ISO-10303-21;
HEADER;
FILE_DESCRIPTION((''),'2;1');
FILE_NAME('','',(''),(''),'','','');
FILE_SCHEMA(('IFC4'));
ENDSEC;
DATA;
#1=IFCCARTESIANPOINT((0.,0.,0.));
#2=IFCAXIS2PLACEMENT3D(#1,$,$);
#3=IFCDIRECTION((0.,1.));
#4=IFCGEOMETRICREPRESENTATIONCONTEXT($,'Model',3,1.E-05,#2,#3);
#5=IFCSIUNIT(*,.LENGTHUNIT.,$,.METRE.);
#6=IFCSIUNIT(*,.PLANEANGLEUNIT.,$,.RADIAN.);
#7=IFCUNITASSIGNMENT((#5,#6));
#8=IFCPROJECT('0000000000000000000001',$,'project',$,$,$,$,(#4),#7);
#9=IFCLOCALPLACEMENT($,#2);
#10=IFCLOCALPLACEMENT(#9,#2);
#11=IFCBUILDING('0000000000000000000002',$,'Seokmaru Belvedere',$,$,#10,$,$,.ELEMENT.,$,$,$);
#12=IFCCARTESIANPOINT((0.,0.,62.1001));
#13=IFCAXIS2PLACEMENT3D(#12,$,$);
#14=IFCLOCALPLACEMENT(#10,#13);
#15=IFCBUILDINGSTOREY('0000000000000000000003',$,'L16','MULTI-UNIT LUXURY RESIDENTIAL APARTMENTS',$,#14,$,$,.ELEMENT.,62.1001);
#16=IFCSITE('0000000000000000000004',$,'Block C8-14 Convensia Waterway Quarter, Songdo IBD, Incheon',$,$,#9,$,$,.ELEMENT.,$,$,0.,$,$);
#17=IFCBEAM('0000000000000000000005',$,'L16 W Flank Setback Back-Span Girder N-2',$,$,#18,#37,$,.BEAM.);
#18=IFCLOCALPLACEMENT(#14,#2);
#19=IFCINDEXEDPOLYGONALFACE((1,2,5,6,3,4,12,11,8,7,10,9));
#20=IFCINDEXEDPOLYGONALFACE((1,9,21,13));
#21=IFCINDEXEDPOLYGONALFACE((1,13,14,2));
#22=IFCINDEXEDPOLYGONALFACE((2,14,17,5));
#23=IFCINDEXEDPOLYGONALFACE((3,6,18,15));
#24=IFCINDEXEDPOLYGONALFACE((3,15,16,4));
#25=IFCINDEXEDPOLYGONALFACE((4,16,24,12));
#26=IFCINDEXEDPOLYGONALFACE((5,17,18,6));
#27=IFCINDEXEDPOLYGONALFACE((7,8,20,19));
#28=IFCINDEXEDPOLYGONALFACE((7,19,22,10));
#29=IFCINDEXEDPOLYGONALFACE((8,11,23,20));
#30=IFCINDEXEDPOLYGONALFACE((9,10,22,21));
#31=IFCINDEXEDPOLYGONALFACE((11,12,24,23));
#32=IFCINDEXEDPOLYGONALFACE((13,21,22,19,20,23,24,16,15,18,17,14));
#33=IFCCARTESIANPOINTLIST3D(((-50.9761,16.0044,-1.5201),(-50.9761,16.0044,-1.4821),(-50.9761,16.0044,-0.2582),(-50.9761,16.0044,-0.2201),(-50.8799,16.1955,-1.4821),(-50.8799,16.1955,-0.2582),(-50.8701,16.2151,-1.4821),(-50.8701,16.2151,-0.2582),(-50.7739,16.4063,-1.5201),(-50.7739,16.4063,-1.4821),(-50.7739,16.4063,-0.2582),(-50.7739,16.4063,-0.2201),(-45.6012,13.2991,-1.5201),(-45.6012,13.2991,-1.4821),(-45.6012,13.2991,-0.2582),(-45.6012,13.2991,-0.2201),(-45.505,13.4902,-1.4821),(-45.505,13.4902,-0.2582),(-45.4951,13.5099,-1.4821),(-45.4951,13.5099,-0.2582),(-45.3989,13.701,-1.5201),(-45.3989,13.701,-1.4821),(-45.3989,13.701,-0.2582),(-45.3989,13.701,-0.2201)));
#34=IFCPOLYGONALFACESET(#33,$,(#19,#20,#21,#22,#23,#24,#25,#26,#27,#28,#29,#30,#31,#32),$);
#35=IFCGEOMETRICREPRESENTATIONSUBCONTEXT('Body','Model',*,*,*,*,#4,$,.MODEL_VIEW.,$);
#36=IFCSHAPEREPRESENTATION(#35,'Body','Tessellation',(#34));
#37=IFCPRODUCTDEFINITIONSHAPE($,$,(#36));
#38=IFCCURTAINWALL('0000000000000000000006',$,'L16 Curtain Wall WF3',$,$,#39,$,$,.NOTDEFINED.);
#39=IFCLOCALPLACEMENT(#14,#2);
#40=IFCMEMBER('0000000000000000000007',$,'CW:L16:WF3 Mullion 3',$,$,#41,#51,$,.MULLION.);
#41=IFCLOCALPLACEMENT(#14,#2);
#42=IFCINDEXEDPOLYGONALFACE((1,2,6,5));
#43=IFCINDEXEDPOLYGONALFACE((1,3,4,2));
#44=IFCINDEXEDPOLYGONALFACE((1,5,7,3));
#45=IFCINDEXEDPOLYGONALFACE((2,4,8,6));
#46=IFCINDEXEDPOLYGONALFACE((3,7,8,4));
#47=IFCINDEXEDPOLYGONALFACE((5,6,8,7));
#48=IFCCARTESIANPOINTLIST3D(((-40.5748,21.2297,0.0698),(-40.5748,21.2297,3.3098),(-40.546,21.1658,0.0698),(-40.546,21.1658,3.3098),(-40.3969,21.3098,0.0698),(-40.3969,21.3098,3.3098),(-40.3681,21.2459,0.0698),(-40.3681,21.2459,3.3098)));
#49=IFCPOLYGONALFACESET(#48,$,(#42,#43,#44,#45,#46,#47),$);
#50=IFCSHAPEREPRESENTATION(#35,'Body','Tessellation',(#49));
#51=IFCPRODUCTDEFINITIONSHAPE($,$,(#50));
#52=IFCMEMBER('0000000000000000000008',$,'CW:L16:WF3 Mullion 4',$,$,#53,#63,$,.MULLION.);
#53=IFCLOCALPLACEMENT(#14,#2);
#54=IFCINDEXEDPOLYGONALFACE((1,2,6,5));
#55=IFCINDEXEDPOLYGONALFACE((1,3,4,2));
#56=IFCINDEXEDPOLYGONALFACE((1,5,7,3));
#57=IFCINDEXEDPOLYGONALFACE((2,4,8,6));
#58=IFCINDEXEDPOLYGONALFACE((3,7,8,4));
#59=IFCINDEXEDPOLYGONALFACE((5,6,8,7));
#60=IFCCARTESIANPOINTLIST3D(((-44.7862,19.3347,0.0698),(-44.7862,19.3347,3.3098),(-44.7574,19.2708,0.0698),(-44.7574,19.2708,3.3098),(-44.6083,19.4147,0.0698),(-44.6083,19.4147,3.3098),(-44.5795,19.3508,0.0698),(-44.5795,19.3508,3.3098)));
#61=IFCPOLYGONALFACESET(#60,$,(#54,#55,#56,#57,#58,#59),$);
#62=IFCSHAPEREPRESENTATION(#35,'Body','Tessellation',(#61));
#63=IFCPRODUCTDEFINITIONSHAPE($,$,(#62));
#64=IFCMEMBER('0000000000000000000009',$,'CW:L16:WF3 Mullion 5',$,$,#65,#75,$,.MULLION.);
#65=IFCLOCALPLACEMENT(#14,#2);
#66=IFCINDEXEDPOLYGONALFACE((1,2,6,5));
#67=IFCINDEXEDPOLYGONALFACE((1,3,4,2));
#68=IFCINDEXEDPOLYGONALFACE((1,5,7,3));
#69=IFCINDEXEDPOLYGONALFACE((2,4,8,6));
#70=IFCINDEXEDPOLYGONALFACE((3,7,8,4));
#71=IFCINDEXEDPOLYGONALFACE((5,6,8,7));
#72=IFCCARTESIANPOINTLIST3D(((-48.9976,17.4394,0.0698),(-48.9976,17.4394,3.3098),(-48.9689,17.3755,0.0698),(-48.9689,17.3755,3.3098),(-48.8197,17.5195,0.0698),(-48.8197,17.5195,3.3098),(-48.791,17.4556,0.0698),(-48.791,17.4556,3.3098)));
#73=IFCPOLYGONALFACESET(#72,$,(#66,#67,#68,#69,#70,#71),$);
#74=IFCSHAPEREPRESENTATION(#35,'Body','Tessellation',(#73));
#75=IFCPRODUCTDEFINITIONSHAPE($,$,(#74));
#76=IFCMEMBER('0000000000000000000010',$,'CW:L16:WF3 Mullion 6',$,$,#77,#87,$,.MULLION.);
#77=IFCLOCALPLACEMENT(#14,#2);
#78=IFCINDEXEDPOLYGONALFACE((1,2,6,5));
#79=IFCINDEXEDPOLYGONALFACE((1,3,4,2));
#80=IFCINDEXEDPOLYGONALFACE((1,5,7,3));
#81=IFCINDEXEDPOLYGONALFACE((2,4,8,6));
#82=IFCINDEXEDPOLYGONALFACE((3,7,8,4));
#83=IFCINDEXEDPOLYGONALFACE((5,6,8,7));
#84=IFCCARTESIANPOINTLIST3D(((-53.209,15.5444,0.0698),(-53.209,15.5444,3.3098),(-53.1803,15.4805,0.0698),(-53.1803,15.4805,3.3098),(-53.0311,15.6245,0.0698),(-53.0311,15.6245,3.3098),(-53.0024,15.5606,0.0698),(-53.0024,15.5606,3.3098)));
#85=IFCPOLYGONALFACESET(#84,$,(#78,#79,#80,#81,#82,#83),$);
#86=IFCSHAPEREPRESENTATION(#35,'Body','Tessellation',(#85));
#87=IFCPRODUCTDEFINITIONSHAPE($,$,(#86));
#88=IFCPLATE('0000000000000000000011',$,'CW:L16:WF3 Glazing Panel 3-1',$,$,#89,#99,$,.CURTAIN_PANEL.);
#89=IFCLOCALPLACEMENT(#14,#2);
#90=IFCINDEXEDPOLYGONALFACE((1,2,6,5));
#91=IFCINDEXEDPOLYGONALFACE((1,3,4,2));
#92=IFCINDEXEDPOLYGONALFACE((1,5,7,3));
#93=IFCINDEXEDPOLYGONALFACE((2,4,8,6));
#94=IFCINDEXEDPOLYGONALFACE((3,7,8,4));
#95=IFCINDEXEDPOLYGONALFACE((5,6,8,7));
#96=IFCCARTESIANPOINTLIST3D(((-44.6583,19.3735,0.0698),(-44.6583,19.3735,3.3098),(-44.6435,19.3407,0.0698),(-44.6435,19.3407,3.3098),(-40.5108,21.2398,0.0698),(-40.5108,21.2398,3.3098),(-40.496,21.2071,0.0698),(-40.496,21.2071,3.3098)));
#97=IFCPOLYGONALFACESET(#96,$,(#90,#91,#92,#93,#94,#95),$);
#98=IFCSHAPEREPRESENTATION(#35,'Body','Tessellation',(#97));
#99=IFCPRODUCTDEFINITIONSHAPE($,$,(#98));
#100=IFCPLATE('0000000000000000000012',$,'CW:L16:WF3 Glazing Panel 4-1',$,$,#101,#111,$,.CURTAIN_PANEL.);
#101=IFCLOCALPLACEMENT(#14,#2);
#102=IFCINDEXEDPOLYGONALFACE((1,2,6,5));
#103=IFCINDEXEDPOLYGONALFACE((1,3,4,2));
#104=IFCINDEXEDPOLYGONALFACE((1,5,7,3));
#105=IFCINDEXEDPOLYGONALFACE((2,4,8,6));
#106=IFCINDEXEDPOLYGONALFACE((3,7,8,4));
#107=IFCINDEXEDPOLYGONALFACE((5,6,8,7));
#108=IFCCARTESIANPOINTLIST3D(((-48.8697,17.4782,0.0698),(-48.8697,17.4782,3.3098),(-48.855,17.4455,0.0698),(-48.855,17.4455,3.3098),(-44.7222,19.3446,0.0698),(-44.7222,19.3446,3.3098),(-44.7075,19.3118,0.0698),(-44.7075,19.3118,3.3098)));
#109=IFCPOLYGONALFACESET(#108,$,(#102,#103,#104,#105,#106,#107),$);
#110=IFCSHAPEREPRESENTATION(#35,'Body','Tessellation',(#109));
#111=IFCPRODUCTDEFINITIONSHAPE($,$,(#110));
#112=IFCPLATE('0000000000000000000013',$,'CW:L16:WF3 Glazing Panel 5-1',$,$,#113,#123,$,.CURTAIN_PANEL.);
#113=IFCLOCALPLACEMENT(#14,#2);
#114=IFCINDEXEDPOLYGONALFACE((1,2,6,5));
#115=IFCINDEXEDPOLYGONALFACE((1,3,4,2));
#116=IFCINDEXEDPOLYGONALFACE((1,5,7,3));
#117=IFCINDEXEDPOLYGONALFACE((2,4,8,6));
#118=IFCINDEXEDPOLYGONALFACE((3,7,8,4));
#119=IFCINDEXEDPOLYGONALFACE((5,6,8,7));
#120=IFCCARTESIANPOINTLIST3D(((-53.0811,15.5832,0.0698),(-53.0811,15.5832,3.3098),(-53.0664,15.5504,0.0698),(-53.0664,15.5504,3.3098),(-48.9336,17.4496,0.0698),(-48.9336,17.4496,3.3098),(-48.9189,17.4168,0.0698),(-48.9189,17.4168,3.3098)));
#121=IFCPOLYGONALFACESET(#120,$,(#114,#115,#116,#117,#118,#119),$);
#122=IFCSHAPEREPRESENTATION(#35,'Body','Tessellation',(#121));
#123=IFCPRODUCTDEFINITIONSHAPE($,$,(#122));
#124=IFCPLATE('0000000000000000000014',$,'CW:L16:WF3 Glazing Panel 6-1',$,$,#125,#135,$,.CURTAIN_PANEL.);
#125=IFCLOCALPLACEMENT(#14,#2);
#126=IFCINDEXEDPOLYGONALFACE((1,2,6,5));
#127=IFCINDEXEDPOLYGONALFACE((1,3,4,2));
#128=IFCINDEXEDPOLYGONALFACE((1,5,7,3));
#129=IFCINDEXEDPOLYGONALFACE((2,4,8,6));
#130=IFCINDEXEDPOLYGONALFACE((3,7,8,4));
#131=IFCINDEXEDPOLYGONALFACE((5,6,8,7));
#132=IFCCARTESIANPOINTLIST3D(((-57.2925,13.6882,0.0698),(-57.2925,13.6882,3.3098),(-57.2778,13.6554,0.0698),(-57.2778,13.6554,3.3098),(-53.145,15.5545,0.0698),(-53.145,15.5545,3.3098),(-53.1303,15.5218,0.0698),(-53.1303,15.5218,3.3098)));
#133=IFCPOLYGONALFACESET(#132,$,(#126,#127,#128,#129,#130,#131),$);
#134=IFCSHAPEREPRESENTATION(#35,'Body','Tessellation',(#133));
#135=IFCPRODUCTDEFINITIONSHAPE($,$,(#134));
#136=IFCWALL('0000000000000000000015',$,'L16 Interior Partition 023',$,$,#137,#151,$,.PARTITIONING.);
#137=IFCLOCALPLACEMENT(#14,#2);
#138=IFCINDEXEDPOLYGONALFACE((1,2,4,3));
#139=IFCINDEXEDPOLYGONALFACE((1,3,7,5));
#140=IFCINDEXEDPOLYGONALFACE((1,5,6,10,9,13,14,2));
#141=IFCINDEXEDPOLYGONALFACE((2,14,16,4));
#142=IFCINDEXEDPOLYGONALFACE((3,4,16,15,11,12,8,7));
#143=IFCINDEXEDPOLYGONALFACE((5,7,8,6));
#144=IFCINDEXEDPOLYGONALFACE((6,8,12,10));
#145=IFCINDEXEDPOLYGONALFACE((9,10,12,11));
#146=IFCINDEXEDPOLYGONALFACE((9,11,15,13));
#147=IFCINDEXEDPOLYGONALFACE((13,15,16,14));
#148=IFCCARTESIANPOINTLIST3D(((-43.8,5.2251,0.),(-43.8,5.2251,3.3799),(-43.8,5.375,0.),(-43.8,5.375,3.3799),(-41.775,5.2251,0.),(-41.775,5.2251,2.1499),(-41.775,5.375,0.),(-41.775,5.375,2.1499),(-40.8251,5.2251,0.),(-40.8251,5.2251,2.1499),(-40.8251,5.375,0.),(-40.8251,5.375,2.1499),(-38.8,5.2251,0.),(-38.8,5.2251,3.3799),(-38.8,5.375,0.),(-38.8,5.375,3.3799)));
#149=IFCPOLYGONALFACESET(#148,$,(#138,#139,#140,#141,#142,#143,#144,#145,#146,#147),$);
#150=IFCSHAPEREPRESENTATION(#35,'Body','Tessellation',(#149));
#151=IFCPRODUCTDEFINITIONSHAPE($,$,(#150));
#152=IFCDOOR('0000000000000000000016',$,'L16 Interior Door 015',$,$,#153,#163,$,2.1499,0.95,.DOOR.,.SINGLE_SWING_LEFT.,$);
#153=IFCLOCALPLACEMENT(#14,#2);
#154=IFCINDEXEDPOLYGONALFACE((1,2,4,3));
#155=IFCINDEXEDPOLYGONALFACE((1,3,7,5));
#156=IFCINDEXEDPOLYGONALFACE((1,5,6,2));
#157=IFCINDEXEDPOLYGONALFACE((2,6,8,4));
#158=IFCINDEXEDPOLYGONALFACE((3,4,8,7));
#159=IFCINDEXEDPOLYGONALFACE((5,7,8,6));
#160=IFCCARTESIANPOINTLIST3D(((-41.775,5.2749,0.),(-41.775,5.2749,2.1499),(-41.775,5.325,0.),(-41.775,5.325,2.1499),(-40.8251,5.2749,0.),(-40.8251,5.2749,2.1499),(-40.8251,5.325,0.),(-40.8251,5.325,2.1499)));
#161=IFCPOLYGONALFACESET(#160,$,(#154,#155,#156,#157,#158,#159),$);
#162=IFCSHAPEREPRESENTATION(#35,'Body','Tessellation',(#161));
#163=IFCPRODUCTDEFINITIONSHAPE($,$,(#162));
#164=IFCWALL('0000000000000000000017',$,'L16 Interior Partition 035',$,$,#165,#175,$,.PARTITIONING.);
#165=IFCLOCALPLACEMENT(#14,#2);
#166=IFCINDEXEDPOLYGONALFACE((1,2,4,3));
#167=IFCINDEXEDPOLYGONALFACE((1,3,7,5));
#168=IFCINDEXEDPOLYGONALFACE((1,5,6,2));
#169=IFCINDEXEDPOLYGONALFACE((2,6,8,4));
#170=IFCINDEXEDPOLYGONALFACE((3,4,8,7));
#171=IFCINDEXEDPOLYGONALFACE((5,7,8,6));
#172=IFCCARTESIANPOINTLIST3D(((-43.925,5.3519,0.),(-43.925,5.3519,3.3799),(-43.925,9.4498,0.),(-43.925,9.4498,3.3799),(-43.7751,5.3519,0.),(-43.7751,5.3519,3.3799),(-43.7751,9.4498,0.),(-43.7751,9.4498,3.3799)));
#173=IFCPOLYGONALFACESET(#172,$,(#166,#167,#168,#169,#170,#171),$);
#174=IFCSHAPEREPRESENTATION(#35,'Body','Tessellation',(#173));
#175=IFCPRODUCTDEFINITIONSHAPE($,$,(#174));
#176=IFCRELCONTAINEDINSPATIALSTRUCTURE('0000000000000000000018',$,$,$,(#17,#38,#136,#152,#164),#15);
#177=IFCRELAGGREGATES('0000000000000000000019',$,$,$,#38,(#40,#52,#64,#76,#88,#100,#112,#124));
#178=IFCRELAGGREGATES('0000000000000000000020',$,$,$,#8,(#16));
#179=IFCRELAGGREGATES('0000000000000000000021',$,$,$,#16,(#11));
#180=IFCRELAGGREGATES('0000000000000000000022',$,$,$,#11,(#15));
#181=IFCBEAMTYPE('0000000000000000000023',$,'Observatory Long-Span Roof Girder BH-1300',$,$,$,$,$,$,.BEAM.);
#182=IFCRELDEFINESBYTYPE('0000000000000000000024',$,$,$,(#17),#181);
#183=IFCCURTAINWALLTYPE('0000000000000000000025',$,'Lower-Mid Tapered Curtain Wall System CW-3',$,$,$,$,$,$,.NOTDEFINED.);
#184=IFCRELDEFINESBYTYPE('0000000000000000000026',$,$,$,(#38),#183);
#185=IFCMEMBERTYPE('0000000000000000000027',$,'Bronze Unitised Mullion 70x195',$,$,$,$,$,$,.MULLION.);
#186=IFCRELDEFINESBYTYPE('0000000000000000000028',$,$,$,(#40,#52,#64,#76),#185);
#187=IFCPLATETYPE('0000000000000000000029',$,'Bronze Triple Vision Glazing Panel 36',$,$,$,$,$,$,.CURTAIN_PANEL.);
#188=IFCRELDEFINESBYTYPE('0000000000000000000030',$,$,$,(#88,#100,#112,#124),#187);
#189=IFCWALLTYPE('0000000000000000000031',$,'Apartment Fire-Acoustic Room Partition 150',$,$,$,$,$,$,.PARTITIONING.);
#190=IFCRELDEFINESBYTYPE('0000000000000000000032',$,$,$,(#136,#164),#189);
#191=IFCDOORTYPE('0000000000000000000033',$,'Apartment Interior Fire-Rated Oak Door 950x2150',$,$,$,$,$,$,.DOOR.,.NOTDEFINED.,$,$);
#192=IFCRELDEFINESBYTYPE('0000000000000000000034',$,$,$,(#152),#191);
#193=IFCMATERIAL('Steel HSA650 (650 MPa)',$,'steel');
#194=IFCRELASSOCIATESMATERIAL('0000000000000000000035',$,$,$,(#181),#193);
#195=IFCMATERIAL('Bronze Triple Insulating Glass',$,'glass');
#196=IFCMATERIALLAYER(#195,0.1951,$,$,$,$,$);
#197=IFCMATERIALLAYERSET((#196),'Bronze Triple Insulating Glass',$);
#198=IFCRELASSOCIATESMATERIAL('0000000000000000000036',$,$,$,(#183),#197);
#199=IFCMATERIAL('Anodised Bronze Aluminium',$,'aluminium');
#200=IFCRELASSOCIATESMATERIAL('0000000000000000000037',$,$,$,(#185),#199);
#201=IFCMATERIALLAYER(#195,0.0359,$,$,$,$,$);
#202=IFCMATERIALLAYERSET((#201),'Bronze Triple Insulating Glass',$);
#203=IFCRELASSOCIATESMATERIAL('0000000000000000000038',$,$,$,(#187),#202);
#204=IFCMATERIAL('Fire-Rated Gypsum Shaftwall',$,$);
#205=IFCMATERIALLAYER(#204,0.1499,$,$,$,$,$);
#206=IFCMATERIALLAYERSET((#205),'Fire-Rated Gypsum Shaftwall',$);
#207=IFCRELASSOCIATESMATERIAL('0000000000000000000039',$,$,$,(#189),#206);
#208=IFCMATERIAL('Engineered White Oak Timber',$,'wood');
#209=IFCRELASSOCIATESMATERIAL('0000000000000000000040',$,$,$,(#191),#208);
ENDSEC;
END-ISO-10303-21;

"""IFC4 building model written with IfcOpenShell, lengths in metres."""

from ifc_helpers import new_model, si_unit, direction, frame, frame_2d, origin, origin_2d, place, context, subcontext, project, spatial, rectangle, i_section, extrude, source, transform, mapped, material, layer, layer_set, material_profile, profile_set, type_object, type_shapes, element, fill, aggregate, save


model = new_model("IFC4")

# Units and contexts
model_context = context("Model", 3, precision=1e-05, world=origin(), true_north=direction((0.0, 1.0)))
body_context = subcontext(model_context, "Body", "Model", "MODEL_VIEW")
ifc_project = project(units=[si_unit("LENGTHUNIT", "METRE"), si_unit("PLANEANGLEUNIT", "RADIAN")], contexts=[model_context])

# Site, building, storey
site_placement = place(None, origin())
site = spatial("IfcSite", under=ifc_project, at=site_placement, Name="Block C8-14 Convensia Waterway Quarter, Songdo IBD, Incheon", CompositionType="ELEMENT", RefElevation=0.0)
building_placement = place(site_placement, origin())
building = spatial("IfcBuilding", under=site, at=building_placement, Name="Seokmaru Belvedere", CompositionType="ELEMENT")
storey_placement = place(building_placement, frame((0.0, 0.0, 62.1001)))
storey = spatial("IfcBuildingStorey", under=building, at=storey_placement, Name="L16", Description="MULTI-UNIT LUXURY RESIDENTIAL APARTMENTS", CompositionType="ELEMENT", Elevation=62.1001)

# Beam
ifc_material_1 = material(Name="Steel HSA650 (650 MPa)", Category="steel")
ifc_material_profile_1 = material_profile(ifc_material_1, i_section(OverallWidth=0.45, OverallDepth=1.3, WebThickness=0.022, FlangeThickness=0.0381, at=origin_2d()), Name="BH-1300x450x22x38")
ifc_profile_set_1 = profile_set([ifc_material_profile_1], Name="Steel HSA650 (650 MPa)")
beam_type_1 = type_object("IfcBeamType", Name="Observatory Long-Span Roof Girder BH-1300", PredefinedType="BEAM", material=ifc_profile_set_1)
shared_shape_1 = source(origin(), body_context, "Body", "SweptSolid", [
    extrude(i_section(OverallWidth=0.45, OverallDepth=1.3, WebThickness=0.022, FlangeThickness=0.0381, at=origin_2d()), origin(), (0.0, 0.0, 1.0), 6.0173),
])
beam_1_placement = place(storey_placement, frame((-50.875, 16.2053, -0.8701), z_axis=(0.893239, -0.449581, 0.0), x_axis=(0.449581, 0.893239, 0.0)))
element("IfcBeam", 1, at=beam_1_placement, inside=storey, type_object=beam_type_1, Name="L16 W Flank Setback Back-Span Girder N-2", PredefinedType="BEAM", context=body_context, shape_type="MappedRepresentation", body=[
    mapped(shared_shape_1, transform((0.0, 0.0, 0.0), scale=1.0)),
])

# Curtain wall, members, plates
ifc_material_2 = material(Name="Bronze Triple Insulating Glass", Category="glass")
ifc_layer_1 = layer(ifc_material_2, 0.1951)
ifc_layer_set_1 = layer_set([ifc_layer_1], Name="Bronze Triple Insulating Glass")
curtain_wall_type = type_object("IfcCurtainWallType", Name="Lower-Mid Tapered Curtain Wall System CW-3", PredefinedType="NOTDEFINED", material=ifc_layer_set_1)
curtain_wall_placement = place(storey_placement, origin())
curtain_wall = element("IfcCurtainWall", 2, at=curtain_wall_placement, inside=storey, type_object=curtain_wall_type, Name="L16 Curtain Wall WF3", PredefinedType="NOTDEFINED")
ifc_material_3 = material(Name="Anodised Bronze Aluminium", Category="aluminium")
ifc_material_profile_2 = material_profile(ifc_material_3, rectangle(XDim=0.0701, YDim=0.1951, at=origin_2d()), Name="CW-M-70x195")
ifc_profile_set_2 = profile_set([ifc_material_profile_2], Name="Anodised Bronze Aluminium")
member_type = type_object("IfcMemberType", Name="Bronze Unitised Mullion 70x195", PredefinedType="MULLION", material=ifc_profile_set_2)
shared_shape_2 = source(origin(), body_context, "Body", "SweptSolid", [
    extrude(rectangle(XDim=0.0701, YDim=0.1951, at=origin_2d()), origin(), (0.0, 0.0, 1.0), 3.24),
])
type_shapes(member_type, [shared_shape_2])
member_1_placement = place(storey_placement, frame((-40.4714, 21.2378, 0.0698), z_axis=(0.0, 0.0, 1.0), x_axis=(0.410366, -0.911921, 0.0)))
member_1 = element("IfcMember", 3, at=member_1_placement, type_object=member_type, Name="CW:L16:WF3 Mullion 3", PredefinedType="MULLION", context=body_context, shape_type="MappedRepresentation", body=[
    mapped(shared_shape_2, transform((0.0, 0.0, 0.0), scale=1.0)),
])
member_2_placement = place(storey_placement, frame((-44.6829, 19.3428, 0.0698), z_axis=(0.0, 0.0, 1.0), x_axis=(0.410366, -0.911921, 0.0)))
member_2 = element("IfcMember", 4, at=member_2_placement, type_object=member_type, Name="CW:L16:WF3 Mullion 4", PredefinedType="MULLION", context=body_context, shape_type="MappedRepresentation", body=[
    mapped(shared_shape_2, transform((0.0, 0.0, 0.0), scale=1.0)),
])
member_3_placement = place(storey_placement, frame((-48.8943, 17.4475, 0.0698), z_axis=(0.0, 0.0, 1.0), x_axis=(0.410366, -0.911921, 0.0)))
member_3 = element("IfcMember", 5, at=member_3_placement, type_object=member_type, Name="CW:L16:WF3 Mullion 5", PredefinedType="MULLION", context=body_context, shape_type="MappedRepresentation", body=[
    mapped(shared_shape_2, transform((0.0, 0.0, 0.0), scale=1.0)),
])
member_4_placement = place(storey_placement, frame((-53.1057, 15.5525, 0.0698), z_axis=(0.0, 0.0, 1.0), x_axis=(0.410366, -0.911921, 0.0)))
member_4 = element("IfcMember", 6, at=member_4_placement, type_object=member_type, Name="CW:L16:WF3 Mullion 6", PredefinedType="MULLION", context=body_context, shape_type="MappedRepresentation", body=[
    mapped(shared_shape_2, transform((0.0, 0.0, 0.0), scale=1.0)),
])
ifc_layer_2 = layer(ifc_material_2, 0.0359)
ifc_layer_set_2 = layer_set([ifc_layer_2], Name="Bronze Triple Insulating Glass")
plate_type = type_object("IfcPlateType", Name="Bronze Triple Vision Glazing Panel 36", PredefinedType="CURTAIN_PANEL", material=ifc_layer_set_2)
shared_shape_3 = source(origin(), body_context, "Body", "SweptSolid", [
    extrude(rectangle(XDim=4.5481, YDim=0.0359, at=origin_2d()), origin(), (0.0, 0.0, 1.0), 3.24),
])
type_shapes(plate_type, [shared_shape_3])
plate_1_placement = place(storey_placement, frame((-42.5771, 20.2903, 0.0698), z_axis=(0.0, 0.0, 1.0), x_axis=(-0.911921, -0.410366, 0.0)))
plate_1 = element("IfcPlate", 7, at=plate_1_placement, type_object=plate_type, Name="CW:L16:WF3 Glazing Panel 3-1", PredefinedType="CURTAIN_PANEL", context=body_context, shape_type="MappedRepresentation", body=[
    mapped(shared_shape_3, transform((0.0, 0.0, 0.0), scale=1.0)),
])
plate_2_placement = place(storey_placement, frame((-46.7886, 18.395, 0.0698), z_axis=(0.0, 0.0, 1.0), x_axis=(-0.911921, -0.410366, 0.0)))
plate_2 = element("IfcPlate", 8, at=plate_2_placement, type_object=plate_type, Name="CW:L16:WF3 Glazing Panel 4-1", PredefinedType="CURTAIN_PANEL", context=body_context, shape_type="MappedRepresentation", body=[
    mapped(shared_shape_3, transform((0.0, 0.0, 0.0), scale=1.0)),
])
plate_3_placement = place(storey_placement, frame((-51.0, 16.5, 0.0698), z_axis=(0.0, 0.0, 1.0), x_axis=(-0.911921, -0.410366, 0.0)))
plate_3 = element("IfcPlate", 9, at=plate_3_placement, type_object=plate_type, Name="CW:L16:WF3 Glazing Panel 5-1", PredefinedType="CURTAIN_PANEL", context=body_context, shape_type="MappedRepresentation", body=[
    mapped(shared_shape_3, transform((0.0, 0.0, 0.0), scale=1.0)),
])
plate_4_placement = place(storey_placement, frame((-55.2114, 14.605, 0.0698), z_axis=(0.0, 0.0, 1.0), x_axis=(-0.911921, -0.410366, 0.0)))
plate_4 = element("IfcPlate", 10, at=plate_4_placement, type_object=plate_type, Name="CW:L16:WF3 Glazing Panel 6-1", PredefinedType="CURTAIN_PANEL", context=body_context, shape_type="MappedRepresentation", body=[
    mapped(shared_shape_3, transform((0.0, 0.0, 0.0), scale=1.0)),
])
aggregate(curtain_wall, [member_1, member_2, member_3, member_4, plate_1, plate_2, plate_3, plate_4])

# Wall, opening, door
ifc_material_4 = material(Name="Fire-Rated Gypsum Shaftwall")
ifc_layer_3 = layer(ifc_material_4, 0.1499)
ifc_layer_set_3 = layer_set([ifc_layer_3], Name="Fire-Rated Gypsum Shaftwall")
wall_type_1 = type_object("IfcWallType", Name="Apartment Fire-Acoustic Room Partition 150", PredefinedType="PARTITIONING", material=ifc_layer_set_3)
wall_1_placement = place(storey_placement, frame((-43.8, 5.3, 0.0), z_axis=(0.0, 0.0, 1.0), x_axis=(1.0, 0.0, 0.0)))
wall_1 = element("IfcWall", 11, at=wall_1_placement, inside=storey, type_object=wall_type_1, Name="L16 Interior Partition 023", PredefinedType="PARTITIONING", context=body_context, shape_type="SweptSolid", body=[
    extrude(rectangle(XDim=5.0, YDim=0.1499, at=frame_2d((2.5, 0.0))), origin(), (0.0, 0.0, 1.0), 3.3799),
])
opening_1_placement = place(wall_1_placement, frame((2.0249, 0.0, 0.0)))
opening_1 = element("IfcOpeningElement", 12, at=opening_1_placement, cuts=wall_1, PredefinedType="OPENING", context=body_context, shape_type="SweptSolid", body=[
    extrude(rectangle(XDim=0.95, YDim=2.1499, at=frame_2d((0.4751, 1.075))), frame((0.0, 0.085, 0.0), z_axis=(0.0, -1.0, 0.0), x_axis=(1.0, 0.0, 0.0)), (0.0, 0.0, 1.0), 0.1699),
])
ifc_material_5 = material(Name="Engineered White Oak Timber", Category="wood")
door_type_1 = type_object("IfcDoorType", Name="Apartment Interior Fire-Rated Oak Door 950x2150", OperationType="NOTDEFINED", PredefinedType="DOOR", material=ifc_material_5)
shared_shape_4 = source(origin(), body_context, "Body", "SweptSolid", [
    extrude(rectangle(XDim=0.95, YDim=2.1499, at=frame_2d((0.4751, 1.075))), frame((0.0, 0.0249, 0.0), z_axis=(0.0, -1.0, 0.0), x_axis=(1.0, 0.0, 0.0)), (0.0, 0.0, 1.0), 0.05),
])
type_shapes(door_type_1, [shared_shape_4])
door_1_placement = place(opening_1_placement, origin())
door_1 = element("IfcDoor", 13, at=door_1_placement, inside=storey, type_object=door_type_1, Name="L16 Interior Door 015", OperationType="SINGLE_SWING_LEFT", OverallHeight=2.1499, OverallWidth=0.95, PredefinedType="DOOR", context=body_context, shape_type="MappedRepresentation", body=[
    mapped(shared_shape_4, transform((0.0, 0.0, 0.0), scale=1.0)),
])
fill(opening_1, door_1)

# Wall
wall_2_placement = place(storey_placement, frame((-43.8501, 5.3521, 0.0), z_axis=(0.0, 0.0, 1.0), x_axis=(0.0, 1.0, 0.0)))
element("IfcWall", 14, at=wall_2_placement, inside=storey, type_object=wall_type_1, Name="L16 Interior Partition 035", PredefinedType="PARTITIONING", context=body_context, shape_type="SweptSolid", body=[
    extrude(rectangle(XDim=4.0979, YDim=0.1499, at=frame_2d((2.0488, 0.0))), origin(), (0.0, 0.0, 1.0), 3.3799),
])

save(model, "model.ifc")
